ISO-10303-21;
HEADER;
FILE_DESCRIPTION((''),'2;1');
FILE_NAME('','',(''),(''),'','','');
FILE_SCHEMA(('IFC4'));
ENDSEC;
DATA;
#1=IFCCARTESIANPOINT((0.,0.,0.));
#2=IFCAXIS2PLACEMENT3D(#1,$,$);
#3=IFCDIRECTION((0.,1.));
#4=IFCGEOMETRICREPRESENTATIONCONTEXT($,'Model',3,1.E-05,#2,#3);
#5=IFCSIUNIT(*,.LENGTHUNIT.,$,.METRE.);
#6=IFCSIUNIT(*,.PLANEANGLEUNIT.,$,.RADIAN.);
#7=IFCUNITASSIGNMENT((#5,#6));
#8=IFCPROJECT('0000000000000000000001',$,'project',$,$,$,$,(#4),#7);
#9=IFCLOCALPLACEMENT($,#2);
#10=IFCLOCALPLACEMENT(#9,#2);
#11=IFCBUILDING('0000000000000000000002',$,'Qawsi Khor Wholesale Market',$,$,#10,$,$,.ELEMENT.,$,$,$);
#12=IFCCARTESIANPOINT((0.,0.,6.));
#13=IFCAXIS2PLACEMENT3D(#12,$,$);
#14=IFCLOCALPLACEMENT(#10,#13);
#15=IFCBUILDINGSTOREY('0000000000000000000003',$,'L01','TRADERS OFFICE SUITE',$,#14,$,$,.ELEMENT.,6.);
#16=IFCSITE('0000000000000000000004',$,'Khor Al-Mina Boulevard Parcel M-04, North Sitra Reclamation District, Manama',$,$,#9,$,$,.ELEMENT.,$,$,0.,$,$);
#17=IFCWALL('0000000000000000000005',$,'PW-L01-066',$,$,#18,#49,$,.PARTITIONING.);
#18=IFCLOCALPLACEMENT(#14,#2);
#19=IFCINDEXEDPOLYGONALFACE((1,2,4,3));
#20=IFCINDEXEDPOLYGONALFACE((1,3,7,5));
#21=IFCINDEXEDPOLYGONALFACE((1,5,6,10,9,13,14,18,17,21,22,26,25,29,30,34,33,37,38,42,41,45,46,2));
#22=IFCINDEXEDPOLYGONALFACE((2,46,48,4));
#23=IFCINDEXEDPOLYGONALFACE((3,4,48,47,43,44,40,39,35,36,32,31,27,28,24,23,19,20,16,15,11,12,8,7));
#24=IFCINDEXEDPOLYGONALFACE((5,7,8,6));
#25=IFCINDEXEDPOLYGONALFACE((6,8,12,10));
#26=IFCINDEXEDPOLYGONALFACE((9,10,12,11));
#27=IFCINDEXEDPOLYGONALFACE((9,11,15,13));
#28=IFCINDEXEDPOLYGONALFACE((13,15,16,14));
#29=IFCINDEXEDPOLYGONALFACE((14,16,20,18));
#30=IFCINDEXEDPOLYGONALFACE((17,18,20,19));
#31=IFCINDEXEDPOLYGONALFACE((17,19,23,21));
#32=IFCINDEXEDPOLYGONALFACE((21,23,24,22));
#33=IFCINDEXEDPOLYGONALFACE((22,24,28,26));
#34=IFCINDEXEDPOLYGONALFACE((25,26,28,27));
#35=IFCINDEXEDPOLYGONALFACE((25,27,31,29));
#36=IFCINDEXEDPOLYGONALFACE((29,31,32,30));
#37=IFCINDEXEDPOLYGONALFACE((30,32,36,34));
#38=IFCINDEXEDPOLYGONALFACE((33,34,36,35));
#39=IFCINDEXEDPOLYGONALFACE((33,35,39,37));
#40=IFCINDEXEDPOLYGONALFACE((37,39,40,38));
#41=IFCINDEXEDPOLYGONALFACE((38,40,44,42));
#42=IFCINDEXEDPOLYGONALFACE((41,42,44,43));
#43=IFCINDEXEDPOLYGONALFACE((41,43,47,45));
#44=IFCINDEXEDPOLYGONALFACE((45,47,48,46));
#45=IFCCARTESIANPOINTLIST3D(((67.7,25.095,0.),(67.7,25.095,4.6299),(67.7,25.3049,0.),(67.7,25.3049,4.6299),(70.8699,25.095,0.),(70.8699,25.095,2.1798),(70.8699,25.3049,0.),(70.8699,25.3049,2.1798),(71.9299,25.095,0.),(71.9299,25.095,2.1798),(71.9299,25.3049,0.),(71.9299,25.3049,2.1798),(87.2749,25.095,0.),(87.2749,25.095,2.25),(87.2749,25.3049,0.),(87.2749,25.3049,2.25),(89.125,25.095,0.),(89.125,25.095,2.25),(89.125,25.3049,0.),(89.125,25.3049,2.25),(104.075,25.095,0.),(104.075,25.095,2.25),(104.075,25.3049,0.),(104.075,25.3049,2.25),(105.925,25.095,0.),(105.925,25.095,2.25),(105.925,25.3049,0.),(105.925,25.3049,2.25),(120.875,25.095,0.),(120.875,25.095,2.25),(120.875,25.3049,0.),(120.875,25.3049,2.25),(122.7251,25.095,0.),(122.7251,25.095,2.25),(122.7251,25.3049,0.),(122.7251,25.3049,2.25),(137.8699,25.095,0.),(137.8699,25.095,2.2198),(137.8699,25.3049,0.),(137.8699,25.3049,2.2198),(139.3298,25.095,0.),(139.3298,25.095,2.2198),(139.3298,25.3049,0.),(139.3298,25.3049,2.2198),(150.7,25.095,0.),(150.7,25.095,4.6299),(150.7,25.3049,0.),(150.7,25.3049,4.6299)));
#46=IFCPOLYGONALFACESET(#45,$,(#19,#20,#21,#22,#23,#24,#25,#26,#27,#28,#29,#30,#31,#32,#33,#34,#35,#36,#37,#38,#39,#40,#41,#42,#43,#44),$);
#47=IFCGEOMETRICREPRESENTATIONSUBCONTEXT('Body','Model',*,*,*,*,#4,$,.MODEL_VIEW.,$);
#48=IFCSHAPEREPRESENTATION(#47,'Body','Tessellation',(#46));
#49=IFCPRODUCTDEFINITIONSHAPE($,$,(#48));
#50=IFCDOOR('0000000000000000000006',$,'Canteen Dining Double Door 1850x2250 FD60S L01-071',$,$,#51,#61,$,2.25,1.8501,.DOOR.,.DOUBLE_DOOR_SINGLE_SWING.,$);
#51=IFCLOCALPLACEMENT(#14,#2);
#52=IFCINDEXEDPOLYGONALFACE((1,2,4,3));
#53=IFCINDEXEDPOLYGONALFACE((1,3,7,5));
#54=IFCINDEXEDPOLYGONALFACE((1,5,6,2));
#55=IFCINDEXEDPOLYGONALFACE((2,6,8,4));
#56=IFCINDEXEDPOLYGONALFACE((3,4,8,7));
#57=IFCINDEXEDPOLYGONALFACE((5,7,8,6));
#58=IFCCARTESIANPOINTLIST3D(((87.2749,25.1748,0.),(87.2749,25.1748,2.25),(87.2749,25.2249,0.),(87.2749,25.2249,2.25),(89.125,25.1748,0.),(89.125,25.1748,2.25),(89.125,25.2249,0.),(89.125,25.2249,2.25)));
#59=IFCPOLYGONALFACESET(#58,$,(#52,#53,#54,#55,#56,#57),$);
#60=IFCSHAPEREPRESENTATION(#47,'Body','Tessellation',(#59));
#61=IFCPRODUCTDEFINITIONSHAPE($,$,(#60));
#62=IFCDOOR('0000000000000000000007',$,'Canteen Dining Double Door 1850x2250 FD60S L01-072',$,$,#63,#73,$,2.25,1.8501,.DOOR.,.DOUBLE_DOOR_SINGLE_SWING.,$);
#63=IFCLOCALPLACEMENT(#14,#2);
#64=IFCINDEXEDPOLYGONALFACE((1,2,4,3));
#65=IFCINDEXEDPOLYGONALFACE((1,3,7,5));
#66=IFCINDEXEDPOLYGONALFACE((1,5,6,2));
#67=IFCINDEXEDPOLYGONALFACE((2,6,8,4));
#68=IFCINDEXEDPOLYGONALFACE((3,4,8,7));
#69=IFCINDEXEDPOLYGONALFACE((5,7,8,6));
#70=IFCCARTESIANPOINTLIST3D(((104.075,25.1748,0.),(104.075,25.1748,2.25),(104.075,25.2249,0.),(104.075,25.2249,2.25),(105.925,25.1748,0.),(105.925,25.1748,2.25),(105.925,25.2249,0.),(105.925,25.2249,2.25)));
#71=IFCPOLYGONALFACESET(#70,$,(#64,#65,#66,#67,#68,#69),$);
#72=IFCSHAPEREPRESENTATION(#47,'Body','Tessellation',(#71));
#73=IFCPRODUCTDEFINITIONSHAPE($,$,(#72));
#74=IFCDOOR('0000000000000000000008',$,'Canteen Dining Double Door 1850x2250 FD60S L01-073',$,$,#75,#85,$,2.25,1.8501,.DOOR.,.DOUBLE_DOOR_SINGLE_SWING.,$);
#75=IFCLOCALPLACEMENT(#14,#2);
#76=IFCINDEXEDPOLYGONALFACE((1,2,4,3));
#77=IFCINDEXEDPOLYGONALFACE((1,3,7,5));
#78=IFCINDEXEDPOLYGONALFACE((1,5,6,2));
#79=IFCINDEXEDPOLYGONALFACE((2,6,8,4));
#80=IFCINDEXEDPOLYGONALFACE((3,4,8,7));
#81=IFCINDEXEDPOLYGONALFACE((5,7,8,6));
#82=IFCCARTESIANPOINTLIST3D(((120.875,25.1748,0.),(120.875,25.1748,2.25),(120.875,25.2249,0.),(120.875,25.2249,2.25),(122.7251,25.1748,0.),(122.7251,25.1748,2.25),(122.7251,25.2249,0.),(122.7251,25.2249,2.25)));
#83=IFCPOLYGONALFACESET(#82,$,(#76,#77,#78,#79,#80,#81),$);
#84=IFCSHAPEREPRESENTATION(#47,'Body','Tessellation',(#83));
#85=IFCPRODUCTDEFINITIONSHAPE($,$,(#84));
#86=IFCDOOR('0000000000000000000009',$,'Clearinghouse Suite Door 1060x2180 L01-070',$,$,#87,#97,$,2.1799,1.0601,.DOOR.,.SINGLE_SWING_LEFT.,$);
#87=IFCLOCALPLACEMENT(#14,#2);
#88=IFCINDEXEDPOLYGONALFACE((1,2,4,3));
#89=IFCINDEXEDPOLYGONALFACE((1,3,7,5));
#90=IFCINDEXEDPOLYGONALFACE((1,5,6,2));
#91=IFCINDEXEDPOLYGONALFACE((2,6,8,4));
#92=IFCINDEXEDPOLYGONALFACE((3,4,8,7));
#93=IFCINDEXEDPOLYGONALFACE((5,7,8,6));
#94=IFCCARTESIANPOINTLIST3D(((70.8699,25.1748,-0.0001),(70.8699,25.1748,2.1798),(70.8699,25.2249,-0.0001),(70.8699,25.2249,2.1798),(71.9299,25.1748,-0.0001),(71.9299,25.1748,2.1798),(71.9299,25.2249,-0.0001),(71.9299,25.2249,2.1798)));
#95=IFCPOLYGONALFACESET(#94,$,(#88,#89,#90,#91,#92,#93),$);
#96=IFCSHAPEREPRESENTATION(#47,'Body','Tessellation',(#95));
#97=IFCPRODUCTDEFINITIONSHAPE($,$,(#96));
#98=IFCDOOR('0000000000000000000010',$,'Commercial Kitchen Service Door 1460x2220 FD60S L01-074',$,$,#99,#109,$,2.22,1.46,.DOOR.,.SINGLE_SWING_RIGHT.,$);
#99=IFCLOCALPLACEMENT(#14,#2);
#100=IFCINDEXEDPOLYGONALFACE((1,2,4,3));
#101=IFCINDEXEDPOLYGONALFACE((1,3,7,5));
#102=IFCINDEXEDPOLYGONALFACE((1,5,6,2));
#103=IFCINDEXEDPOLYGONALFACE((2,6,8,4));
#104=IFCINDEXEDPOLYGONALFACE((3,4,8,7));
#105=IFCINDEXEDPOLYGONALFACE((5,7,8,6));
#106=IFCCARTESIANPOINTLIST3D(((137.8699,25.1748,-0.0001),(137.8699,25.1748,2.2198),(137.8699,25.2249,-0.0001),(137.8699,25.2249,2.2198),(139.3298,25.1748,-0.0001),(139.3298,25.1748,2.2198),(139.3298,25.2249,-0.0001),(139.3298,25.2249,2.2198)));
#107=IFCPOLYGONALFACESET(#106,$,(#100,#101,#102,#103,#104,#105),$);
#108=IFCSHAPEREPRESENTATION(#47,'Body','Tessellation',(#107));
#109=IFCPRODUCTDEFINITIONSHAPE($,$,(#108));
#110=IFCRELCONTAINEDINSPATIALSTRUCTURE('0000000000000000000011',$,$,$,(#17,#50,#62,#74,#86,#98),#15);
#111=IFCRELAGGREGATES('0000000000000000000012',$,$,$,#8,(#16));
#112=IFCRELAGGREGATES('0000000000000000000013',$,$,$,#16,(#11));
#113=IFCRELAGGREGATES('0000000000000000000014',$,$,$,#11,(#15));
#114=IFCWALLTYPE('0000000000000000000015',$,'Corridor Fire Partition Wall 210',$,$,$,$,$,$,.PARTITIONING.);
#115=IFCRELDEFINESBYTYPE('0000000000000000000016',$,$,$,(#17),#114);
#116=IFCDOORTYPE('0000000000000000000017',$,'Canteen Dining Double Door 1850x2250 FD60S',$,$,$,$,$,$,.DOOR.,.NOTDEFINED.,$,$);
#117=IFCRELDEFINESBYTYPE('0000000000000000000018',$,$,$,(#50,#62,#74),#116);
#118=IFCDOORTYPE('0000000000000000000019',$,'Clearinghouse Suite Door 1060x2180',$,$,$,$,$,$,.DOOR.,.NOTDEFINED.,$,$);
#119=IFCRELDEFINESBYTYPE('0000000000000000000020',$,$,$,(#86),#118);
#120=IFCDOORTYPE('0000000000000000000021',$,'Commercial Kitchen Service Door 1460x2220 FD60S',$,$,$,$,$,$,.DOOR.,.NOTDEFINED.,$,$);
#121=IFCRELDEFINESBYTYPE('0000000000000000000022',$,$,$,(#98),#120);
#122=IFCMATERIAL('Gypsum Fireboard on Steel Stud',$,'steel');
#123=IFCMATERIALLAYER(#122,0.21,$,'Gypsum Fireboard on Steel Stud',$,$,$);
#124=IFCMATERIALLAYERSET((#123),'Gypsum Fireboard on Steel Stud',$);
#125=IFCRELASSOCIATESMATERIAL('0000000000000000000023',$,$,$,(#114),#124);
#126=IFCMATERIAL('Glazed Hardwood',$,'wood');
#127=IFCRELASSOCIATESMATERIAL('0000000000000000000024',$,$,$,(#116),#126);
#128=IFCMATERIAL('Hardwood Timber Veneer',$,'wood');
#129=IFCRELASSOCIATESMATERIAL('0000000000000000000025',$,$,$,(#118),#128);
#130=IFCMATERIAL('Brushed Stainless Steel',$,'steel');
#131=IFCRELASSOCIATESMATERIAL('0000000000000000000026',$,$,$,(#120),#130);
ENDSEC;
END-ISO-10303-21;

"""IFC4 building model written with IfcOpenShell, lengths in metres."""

from ifc_helpers import new_model, si_unit, direction, frame, frame_2d, origin, place, context, subcontext, project, spatial, rectangle, extrude, material, layer, layer_set, type_object, element, fill, save


model = new_model("IFC4")

# Units and contexts
model_context = context("Model", 3, precision=1e-05, world=origin(), true_north=direction((0.0, 1.0)))
body_context = subcontext(model_context, "Body", "Model", "MODEL_VIEW")
ifc_project = project(units=[si_unit("LENGTHUNIT", "METRE"), si_unit("PLANEANGLEUNIT", "RADIAN")], contexts=[model_context])

# Site, building, storey
site_placement = place(None, origin())
site = spatial("IfcSite", under=ifc_project, at=site_placement, Name="Khor Al-Mina Boulevard Parcel M-04, North Sitra Reclamation District, Manama", CompositionType="ELEMENT", RefElevation=0.0)
building_placement = place(site_placement, origin())
building = spatial("IfcBuilding", under=site, at=building_placement, Name="Qawsi Khor Wholesale Market", CompositionType="ELEMENT")
storey_placement = place(building_placement, frame((0.0, 0.0, 6.0)))
storey = spatial("IfcBuildingStorey", under=building, at=storey_placement, Name="L01", Description="TRADERS OFFICE SUITE", CompositionType="ELEMENT", Elevation=6.0)

# Wall, openings, doors
ifc_material_1 = material(Name="Gypsum Fireboard on Steel Stud", Category="steel")
ifc_layer_1 = layer(ifc_material_1, 0.21, Name="Gypsum Fireboard on Steel Stud")
ifc_layer_set_1 = layer_set([ifc_layer_1], Name="Gypsum Fireboard on Steel Stud")
wall_type_1 = type_object("IfcWallType", Name="Corridor Fire Partition Wall 210", PredefinedType="PARTITIONING", material=ifc_layer_set_1)
ifc_material_2 = material(Name="Hardwood Timber Veneer", Category="wood")
wall_1_placement = place(storey_placement, frame((67.7, 25.2, 0.0), z_axis=(0.0, 0.0, 1.0), x_axis=(1.0, 0.0, 0.0)))
wall_1 = element("IfcWall", 1, at=wall_1_placement, inside=storey, type_object=wall_type_1, Name="PW-L01-066", PredefinedType="PARTITIONING", context=body_context, shape_type="SweptSolid", body=[
    extrude(rectangle(XDim=83.0, YDim=0.21, at=frame_2d((41.5, 0.0))), origin(), (0.0, 0.0, 1.0), 4.6299),
])
opening_1_placement = place(wall_1_placement, frame((3.1699, 0.0, 0.0)))
opening_1 = element("IfcOpeningElement", 2, at=opening_1_placement, cuts=wall_1, PredefinedType="OPENING", context=body_context, shape_type="SweptSolid", body=[
    extrude(rectangle(XDim=1.0601, YDim=2.1799, at=frame_2d((0.53, 1.0898))), frame((0.0, 0.115, 0.0), z_axis=(0.0, -1.0, 0.0), x_axis=(1.0, 0.0, 0.0)), (0.0, 0.0, 1.0), 0.23),
])
opening_2_placement = place(wall_1_placement, frame((19.575, 0.0, 0.0)))
opening_2 = element("IfcOpeningElement", 3, at=opening_2_placement, cuts=wall_1, PredefinedType="OPENING", context=body_context, shape_type="SweptSolid", body=[
    extrude(rectangle(XDim=1.8501, YDim=2.25, at=frame_2d((0.925, 1.125))), frame((0.0, 0.115, 0.0), z_axis=(0.0, -1.0, 0.0), x_axis=(1.0, 0.0, 0.0)), (0.0, 0.0, 1.0), 0.23),
])
opening_3_placement = place(wall_1_placement, frame((36.375, 0.0, 0.0)))
opening_3 = element("IfcOpeningElement", 4, at=opening_3_placement, cuts=wall_1, PredefinedType="OPENING", context=body_context, shape_type="SweptSolid", body=[
    extrude(rectangle(XDim=1.8501, YDim=2.25, at=frame_2d((0.925, 1.125))), frame((0.0, 0.115, 0.0), z_axis=(0.0, -1.0, 0.0), x_axis=(1.0, 0.0, 0.0)), (0.0, 0.0, 1.0), 0.23),
])
opening_4_placement = place(wall_1_placement, frame((53.175, 0.0, 0.0)))
opening_4 = element("IfcOpeningElement", 5, at=opening_4_placement, cuts=wall_1, PredefinedType="OPENING", context=body_context, shape_type="SweptSolid", body=[
    extrude(rectangle(XDim=1.8501, YDim=2.25, at=frame_2d((0.925, 1.125))), frame((0.0, 0.115, 0.0), z_axis=(0.0, -1.0, 0.0), x_axis=(1.0, 0.0, 0.0)), (0.0, 0.0, 1.0), 0.23),
])
opening_5_placement = place(wall_1_placement, frame((70.1699, 0.0, 0.0)))
opening_5 = element("IfcOpeningElement", 6, at=opening_5_placement, cuts=wall_1, PredefinedType="OPENING", context=body_context, shape_type="SweptSolid", body=[
    extrude(rectangle(XDim=1.46, YDim=2.22, at=frame_2d((0.73, 1.1099))), frame((0.0, 0.115, 0.0), z_axis=(0.0, -1.0, 0.0), x_axis=(1.0, 0.0, 0.0)), (0.0, 0.0, 1.0), 0.23),
])
ifc_material_3 = material(Name="Glazed Hardwood", Category="wood")
door_type_1 = type_object("IfcDoorType", Name="Canteen Dining Double Door 1850x2250 FD60S", OperationType="NOTDEFINED", PredefinedType="DOOR", material=ifc_material_3)
door_1_placement = place(opening_2_placement, origin())
door_1 = element("IfcDoor", 7, at=door_1_placement, inside=storey, type_object=door_type_1, Name="Canteen Dining Double Door 1850x2250 FD60S L01-071", OperationType="DOUBLE_DOOR_SINGLE_SWING", OverallHeight=2.25, OverallWidth=1.8501, PredefinedType="DOOR", context=body_context, shape_type="SweptSolid", body=[
    extrude(rectangle(XDim=1.8501, YDim=2.25, at=frame_2d((0.925, 1.125))), frame((0.0, 0.0249, 0.0), z_axis=(0.0, -1.0, 0.0), x_axis=(1.0, 0.0, 0.0)), (0.0, 0.0, 1.0), 0.05),
])
fill(opening_2, door_1)
door_2_placement = place(opening_3_placement, origin())
door_2 = element("IfcDoor", 8, at=door_2_placement, inside=storey, type_object=door_type_1, Name="Canteen Dining Double Door 1850x2250 FD60S L01-072", OperationType="DOUBLE_DOOR_SINGLE_SWING", OverallHeight=2.25, OverallWidth=1.8501, PredefinedType="DOOR", context=body_context, shape_type="SweptSolid", body=[
    extrude(rectangle(XDim=1.8501, YDim=2.25, at=frame_2d((0.925, 1.125))), frame((0.0, 0.0249, 0.0), z_axis=(0.0, -1.0, 0.0), x_axis=(1.0, 0.0, 0.0)), (0.0, 0.0, 1.0), 0.05),
])
fill(opening_3, door_2)
door_3_placement = place(opening_4_placement, origin())
door_3 = element("IfcDoor", 9, at=door_3_placement, inside=storey, type_object=door_type_1, Name="Canteen Dining Double Door 1850x2250 FD60S L01-073", OperationType="DOUBLE_DOOR_SINGLE_SWING", OverallHeight=2.25, OverallWidth=1.8501, PredefinedType="DOOR", context=body_context, shape_type="SweptSolid", body=[
    extrude(rectangle(XDim=1.8501, YDim=2.25, at=frame_2d((0.925, 1.125))), frame((0.0, 0.0249, 0.0), z_axis=(0.0, -1.0, 0.0), x_axis=(1.0, 0.0, 0.0)), (0.0, 0.0, 1.0), 0.05),
])
fill(opening_4, door_3)
door_type_2 = type_object("IfcDoorType", Name="Clearinghouse Suite Door 1060x2180", OperationType="NOTDEFINED", PredefinedType="DOOR", material=ifc_material_2)
door_4_placement = place(opening_1_placement, origin())
door_4 = element("IfcDoor", 10, at=door_4_placement, inside=storey, type_object=door_type_2, Name="Clearinghouse Suite Door 1060x2180 L01-070", OperationType="SINGLE_SWING_LEFT", OverallHeight=2.1799, OverallWidth=1.0601, PredefinedType="DOOR", context=body_context, shape_type="SweptSolid", body=[
    extrude(rectangle(XDim=1.0601, YDim=2.1799, at=frame_2d((0.53, 1.0898))), frame((0.0, 0.0249, 0.0), z_axis=(0.0, -1.0, 0.0), x_axis=(1.0, 0.0, 0.0)), (0.0, 0.0, 1.0), 0.05),
])
fill(opening_1, door_4)
ifc_material_4 = material(Name="Brushed Stainless Steel", Category="steel")
door_type_3 = type_object("IfcDoorType", Name="Commercial Kitchen Service Door 1460x2220 FD60S", OperationType="NOTDEFINED", PredefinedType="DOOR", material=ifc_material_4)
door_5_placement = place(opening_5_placement, origin())
door_5 = element("IfcDoor", 11, at=door_5_placement, inside=storey, type_object=door_type_3, Name="Commercial Kitchen Service Door 1460x2220 FD60S L01-074", OperationType="SINGLE_SWING_RIGHT", OverallHeight=2.22, OverallWidth=1.46, PredefinedType="DOOR", context=body_context, shape_type="SweptSolid", body=[
    extrude(rectangle(XDim=1.46, YDim=2.22, at=frame_2d((0.73, 1.1099))), frame((0.0, 0.0249, 0.0), z_axis=(0.0, -1.0, 0.0), x_axis=(1.0, 0.0, 0.0)), (0.0, 0.0, 1.0), 0.05),
])
fill(opening_5, door_5)

save(model, "model.ifc")
